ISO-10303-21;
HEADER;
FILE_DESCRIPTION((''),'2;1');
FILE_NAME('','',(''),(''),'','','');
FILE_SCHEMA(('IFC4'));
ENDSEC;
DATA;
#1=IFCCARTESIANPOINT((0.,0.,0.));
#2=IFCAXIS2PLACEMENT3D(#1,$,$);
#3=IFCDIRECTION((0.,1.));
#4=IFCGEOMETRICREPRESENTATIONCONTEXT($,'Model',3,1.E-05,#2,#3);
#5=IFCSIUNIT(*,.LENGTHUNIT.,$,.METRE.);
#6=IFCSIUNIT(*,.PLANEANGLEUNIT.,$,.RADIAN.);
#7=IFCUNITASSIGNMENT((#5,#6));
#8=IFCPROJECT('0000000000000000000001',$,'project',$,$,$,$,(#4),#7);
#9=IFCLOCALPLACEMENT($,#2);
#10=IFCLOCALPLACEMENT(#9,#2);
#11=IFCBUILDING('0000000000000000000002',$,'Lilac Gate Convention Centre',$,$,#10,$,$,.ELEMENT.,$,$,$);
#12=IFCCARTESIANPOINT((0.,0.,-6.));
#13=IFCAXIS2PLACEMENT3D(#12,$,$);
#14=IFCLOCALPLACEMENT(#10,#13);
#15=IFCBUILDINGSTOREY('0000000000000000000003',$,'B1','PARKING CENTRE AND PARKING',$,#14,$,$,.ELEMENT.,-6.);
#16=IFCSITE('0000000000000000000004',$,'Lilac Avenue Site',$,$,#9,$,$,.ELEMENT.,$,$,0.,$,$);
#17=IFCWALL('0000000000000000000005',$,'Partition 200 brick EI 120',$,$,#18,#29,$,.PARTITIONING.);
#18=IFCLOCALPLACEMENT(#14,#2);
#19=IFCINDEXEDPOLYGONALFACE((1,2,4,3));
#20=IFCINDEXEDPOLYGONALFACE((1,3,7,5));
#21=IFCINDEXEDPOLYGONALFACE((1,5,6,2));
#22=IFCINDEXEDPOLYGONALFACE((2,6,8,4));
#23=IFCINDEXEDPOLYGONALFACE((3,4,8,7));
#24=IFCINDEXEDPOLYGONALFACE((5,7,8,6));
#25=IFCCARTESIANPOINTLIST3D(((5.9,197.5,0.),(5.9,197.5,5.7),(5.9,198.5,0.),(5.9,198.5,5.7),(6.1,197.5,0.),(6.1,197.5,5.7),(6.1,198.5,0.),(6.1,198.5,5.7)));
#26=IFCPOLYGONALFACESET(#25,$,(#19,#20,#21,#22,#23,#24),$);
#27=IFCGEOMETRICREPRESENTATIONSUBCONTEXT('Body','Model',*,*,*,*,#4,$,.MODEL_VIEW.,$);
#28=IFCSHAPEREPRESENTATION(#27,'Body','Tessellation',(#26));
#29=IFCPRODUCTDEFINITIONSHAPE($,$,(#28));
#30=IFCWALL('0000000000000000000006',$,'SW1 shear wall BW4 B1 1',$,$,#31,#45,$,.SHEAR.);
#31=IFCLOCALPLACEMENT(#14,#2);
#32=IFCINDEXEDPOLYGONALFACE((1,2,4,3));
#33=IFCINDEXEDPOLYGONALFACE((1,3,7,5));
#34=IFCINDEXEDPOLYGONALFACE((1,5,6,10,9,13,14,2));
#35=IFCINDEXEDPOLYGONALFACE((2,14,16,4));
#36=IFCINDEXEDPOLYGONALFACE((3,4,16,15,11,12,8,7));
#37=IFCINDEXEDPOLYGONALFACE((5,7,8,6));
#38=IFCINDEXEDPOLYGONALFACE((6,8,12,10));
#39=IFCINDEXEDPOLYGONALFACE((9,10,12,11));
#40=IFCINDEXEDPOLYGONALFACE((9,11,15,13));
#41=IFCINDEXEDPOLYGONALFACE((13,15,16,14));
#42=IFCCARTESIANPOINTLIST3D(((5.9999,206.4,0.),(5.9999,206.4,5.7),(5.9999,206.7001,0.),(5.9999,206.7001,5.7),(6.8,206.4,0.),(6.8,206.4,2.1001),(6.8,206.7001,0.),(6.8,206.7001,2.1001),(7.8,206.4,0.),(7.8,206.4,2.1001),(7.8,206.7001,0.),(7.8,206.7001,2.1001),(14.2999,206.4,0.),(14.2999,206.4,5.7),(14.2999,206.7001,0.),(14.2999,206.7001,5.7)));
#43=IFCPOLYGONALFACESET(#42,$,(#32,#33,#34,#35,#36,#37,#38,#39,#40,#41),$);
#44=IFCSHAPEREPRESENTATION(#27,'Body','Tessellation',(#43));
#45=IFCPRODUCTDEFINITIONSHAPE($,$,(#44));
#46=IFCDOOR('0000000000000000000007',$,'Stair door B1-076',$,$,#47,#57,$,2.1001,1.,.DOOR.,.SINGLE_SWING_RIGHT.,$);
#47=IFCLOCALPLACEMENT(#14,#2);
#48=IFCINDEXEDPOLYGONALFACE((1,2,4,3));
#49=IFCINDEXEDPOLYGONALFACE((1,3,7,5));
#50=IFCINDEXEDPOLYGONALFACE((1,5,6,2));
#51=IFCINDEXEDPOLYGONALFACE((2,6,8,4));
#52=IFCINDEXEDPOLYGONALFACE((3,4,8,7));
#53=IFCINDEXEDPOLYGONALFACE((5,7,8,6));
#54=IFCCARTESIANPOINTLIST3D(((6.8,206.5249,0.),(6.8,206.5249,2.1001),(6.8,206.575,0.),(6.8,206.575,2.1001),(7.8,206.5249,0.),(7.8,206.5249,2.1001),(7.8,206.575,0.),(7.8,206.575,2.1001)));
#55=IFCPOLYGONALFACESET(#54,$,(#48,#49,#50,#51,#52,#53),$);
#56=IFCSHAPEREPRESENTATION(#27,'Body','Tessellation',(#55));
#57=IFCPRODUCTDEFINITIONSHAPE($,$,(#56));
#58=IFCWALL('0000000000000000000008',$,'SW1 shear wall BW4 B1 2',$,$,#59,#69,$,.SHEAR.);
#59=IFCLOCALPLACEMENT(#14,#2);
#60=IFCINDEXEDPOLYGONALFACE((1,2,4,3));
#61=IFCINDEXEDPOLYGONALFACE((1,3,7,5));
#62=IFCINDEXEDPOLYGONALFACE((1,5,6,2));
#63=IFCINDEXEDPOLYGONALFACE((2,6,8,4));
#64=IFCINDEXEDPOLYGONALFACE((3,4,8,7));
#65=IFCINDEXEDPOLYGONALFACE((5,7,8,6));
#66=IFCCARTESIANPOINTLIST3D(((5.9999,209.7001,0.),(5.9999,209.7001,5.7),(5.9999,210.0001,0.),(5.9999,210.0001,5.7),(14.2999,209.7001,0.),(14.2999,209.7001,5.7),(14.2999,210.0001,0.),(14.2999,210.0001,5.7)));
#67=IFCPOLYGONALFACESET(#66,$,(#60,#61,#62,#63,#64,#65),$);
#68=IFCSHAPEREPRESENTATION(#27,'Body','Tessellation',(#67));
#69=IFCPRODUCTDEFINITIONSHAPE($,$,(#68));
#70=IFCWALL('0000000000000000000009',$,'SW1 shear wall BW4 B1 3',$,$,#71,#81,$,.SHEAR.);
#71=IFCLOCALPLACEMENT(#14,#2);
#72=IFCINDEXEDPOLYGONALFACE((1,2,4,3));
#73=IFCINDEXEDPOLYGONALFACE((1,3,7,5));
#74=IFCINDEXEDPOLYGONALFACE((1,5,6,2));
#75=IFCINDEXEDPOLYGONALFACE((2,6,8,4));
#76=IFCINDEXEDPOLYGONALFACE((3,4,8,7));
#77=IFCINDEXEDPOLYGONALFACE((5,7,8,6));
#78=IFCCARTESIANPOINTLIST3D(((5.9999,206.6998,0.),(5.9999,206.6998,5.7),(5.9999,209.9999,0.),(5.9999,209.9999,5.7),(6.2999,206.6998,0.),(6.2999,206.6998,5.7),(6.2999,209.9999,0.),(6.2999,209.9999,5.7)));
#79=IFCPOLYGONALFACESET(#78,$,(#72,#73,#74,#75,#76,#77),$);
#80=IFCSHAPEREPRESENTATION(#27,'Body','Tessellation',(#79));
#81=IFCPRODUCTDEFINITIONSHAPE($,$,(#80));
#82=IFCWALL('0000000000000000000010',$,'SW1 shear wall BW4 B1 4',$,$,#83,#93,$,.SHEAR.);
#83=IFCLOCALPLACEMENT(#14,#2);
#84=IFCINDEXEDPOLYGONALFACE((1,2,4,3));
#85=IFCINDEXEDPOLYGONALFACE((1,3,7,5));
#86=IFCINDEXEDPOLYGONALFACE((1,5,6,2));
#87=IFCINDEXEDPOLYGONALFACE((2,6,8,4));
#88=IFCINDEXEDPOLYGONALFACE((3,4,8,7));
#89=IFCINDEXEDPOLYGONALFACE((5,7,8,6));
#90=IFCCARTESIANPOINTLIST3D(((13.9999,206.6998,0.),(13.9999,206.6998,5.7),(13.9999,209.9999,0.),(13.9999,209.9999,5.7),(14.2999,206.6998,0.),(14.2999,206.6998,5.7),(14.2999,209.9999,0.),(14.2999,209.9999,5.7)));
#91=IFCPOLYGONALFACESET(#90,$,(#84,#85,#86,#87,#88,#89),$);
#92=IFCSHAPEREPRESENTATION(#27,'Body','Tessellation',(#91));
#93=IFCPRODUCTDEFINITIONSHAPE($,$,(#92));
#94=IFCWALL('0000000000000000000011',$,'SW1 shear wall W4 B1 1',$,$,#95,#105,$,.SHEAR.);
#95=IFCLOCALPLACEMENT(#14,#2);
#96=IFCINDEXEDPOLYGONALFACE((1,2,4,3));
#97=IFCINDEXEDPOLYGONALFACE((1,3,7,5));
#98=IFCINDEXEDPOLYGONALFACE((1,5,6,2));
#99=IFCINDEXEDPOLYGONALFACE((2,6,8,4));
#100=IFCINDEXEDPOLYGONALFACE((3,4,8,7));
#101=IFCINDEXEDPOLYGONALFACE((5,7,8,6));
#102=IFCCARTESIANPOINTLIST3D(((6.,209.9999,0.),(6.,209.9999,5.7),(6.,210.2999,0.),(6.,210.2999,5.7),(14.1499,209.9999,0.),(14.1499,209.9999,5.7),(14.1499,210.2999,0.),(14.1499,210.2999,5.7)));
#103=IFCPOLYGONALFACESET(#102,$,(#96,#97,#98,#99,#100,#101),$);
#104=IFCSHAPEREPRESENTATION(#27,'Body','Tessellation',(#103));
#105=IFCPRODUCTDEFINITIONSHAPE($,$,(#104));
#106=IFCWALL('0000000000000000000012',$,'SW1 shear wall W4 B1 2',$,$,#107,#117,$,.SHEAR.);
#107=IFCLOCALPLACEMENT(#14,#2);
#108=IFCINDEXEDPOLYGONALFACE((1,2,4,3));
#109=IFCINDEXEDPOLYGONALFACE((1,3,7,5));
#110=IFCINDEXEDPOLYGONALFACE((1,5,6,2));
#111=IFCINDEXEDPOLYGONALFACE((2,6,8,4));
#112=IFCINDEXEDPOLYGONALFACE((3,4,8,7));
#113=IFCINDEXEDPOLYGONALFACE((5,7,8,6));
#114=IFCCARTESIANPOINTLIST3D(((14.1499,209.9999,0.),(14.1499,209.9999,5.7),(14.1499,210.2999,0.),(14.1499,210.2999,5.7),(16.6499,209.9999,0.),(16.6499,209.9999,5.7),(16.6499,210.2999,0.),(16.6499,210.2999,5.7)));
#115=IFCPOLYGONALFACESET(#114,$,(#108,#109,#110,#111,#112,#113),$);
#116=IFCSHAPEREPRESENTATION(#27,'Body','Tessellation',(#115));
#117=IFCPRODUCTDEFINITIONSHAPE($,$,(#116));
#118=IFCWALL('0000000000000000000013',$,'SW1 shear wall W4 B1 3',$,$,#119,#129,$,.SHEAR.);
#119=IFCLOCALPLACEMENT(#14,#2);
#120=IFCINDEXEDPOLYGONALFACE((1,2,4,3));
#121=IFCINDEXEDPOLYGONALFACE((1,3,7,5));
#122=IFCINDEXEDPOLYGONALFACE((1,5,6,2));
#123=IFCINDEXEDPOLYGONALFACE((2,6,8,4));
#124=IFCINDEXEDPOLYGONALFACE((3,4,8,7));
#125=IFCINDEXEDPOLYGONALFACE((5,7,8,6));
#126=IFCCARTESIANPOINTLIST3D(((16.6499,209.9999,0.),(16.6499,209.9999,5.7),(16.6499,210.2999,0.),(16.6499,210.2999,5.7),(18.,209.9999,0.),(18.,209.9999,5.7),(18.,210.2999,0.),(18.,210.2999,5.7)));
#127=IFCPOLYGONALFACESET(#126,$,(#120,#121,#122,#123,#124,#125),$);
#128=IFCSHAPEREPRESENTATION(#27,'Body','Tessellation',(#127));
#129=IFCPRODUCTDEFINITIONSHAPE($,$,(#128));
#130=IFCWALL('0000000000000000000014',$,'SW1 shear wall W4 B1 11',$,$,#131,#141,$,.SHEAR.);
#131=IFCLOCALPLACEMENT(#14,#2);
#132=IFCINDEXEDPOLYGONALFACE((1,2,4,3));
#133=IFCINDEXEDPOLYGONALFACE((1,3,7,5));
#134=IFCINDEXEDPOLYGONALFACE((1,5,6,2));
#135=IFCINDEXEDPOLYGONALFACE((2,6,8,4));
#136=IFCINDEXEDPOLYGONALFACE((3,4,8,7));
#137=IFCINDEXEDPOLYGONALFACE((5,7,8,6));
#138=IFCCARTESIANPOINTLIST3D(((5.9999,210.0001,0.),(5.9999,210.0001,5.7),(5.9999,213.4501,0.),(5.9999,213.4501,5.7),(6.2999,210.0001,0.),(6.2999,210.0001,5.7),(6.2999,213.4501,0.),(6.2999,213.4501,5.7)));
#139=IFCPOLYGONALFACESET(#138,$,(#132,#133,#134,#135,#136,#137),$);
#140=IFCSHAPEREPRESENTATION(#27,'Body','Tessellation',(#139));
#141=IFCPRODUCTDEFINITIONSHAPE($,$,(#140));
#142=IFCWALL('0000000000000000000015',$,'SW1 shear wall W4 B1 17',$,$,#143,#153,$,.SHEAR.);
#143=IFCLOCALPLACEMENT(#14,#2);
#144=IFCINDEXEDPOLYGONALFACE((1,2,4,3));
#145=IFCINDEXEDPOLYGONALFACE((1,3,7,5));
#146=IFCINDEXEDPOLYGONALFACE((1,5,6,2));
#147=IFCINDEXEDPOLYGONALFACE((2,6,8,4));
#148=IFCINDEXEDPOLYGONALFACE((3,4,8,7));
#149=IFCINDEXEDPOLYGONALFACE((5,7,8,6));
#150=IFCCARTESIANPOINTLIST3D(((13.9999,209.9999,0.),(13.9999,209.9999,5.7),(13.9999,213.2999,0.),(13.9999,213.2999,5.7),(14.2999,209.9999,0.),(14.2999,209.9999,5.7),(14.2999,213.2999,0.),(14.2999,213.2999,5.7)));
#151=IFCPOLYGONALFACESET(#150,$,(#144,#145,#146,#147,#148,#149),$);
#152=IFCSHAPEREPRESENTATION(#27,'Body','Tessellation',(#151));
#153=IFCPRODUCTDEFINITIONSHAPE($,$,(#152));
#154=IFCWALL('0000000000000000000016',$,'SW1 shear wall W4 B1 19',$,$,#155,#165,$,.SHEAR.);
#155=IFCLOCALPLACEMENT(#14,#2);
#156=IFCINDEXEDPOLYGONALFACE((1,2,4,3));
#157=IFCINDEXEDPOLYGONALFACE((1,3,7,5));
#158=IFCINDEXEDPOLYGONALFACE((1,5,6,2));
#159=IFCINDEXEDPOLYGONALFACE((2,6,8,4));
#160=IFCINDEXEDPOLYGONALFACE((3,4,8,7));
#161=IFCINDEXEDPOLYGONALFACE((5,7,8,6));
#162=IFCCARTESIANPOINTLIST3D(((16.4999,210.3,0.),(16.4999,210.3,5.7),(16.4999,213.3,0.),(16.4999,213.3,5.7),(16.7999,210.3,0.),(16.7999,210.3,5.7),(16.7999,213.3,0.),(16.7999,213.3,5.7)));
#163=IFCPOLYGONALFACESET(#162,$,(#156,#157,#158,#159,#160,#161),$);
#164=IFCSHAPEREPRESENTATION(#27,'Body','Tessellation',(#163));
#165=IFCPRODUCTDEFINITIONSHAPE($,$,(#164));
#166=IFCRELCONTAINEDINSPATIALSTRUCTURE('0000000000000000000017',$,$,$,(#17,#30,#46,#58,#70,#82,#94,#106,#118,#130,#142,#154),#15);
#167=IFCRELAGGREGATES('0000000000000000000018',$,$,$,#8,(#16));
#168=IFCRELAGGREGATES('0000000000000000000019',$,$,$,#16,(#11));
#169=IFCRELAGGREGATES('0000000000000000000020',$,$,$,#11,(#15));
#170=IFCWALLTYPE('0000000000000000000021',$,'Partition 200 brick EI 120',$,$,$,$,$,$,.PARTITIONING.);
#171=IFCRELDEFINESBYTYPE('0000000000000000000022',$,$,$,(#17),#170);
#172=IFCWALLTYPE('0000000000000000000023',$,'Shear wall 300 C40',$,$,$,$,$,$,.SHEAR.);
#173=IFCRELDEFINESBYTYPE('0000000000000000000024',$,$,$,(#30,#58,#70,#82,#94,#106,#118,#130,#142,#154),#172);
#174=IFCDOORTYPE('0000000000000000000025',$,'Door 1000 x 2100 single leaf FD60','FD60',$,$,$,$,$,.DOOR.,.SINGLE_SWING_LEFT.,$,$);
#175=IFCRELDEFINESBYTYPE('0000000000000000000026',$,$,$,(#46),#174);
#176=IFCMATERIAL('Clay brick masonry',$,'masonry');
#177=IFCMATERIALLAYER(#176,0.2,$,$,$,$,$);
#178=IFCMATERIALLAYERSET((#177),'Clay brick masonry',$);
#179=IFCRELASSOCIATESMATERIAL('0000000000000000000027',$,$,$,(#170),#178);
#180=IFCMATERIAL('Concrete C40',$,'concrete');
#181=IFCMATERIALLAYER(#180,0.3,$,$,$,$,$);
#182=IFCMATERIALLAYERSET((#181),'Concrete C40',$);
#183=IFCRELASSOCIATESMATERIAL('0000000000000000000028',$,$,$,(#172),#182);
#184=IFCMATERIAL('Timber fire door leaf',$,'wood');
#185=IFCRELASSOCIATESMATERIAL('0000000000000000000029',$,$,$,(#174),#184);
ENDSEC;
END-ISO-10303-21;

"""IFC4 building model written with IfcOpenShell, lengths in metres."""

from ifc_helpers import new_model, si_unit, direction, frame, frame_2d, origin, place, context, subcontext, project, spatial, rectangle, extrude, material, layer, layer_set, type_object, element, fill, save


model = new_model("IFC4")

# Units and contexts
model_context = context("Model", 3, precision=1e-05, world=origin(), true_north=direction((0.0, 1.0)))
body_context = subcontext(model_context, "Body", "Model", "MODEL_VIEW")
ifc_project = project(units=[si_unit("LENGTHUNIT", "METRE"), si_unit("PLANEANGLEUNIT", "RADIAN")], contexts=[model_context])

# Site, building, storey
site_placement = place(None, origin())
site = spatial("IfcSite", under=ifc_project, at=site_placement, Name="Lilac Avenue Site", CompositionType="ELEMENT", RefElevation=0.0)
building_placement = place(site_placement, origin())
building = spatial("IfcBuilding", under=site, at=building_placement, Name="Lilac Gate Convention Centre", CompositionType="ELEMENT")
storey_placement = place(building_placement, frame((0.0, 0.0, -6.0)))
storey = spatial("IfcBuildingStorey", under=building, at=storey_placement, Name="B1", Description="PARKING CENTRE AND PARKING", CompositionType="ELEMENT", Elevation=-6.0)

# Shared definitions
ifc_material_1 = material(Name="Concrete C40", Category="concrete")

# Wall
ifc_material_2 = material(Name="Clay brick masonry", Category="masonry")
ifc_layer_1 = layer(ifc_material_2, 0.2)
ifc_layer_set_1 = layer_set([ifc_layer_1], Name="Clay brick masonry")
wall_type_1 = type_object("IfcWallType", Name="Partition 200 brick EI 120", PredefinedType="PARTITIONING", material=ifc_layer_set_1)
wall_1_placement = place(storey_placement, frame((6.0, 197.5, 0.0), z_axis=(0.0, 0.0, 1.0), x_axis=(0.0, 1.0, 0.0)))
element("IfcWall", 1, at=wall_1_placement, inside=storey, type_object=wall_type_1, Name="Partition 200 brick EI 120", PredefinedType="PARTITIONING", context=body_context, shape_type="SweptSolid", body=[
    extrude(rectangle(XDim=1.0, YDim=0.2, at=frame_2d((0.5, 0.0))), origin(), (0.0, 0.0, 1.0), 5.7),
])

# Wall, opening, door
ifc_layer_2 = layer(ifc_material_1, 0.3)
ifc_layer_set_2 = layer_set([ifc_layer_2], Name="Concrete C40")
wall_type_2 = type_object("IfcWallType", Name="Shear wall 300 C40", PredefinedType="SHEAR", material=ifc_layer_set_2)
wall_2_placement = place(storey_placement, frame((6.0, 206.55, 0.0), z_axis=(0.0, 0.0, 1.0), x_axis=(1.0, 0.0, 0.0)))
wall_2 = element("IfcWall", 2, at=wall_2_placement, inside=storey, type_object=wall_type_2, Name="SW1 shear wall BW4 B1 1", PredefinedType="SHEAR", context=body_context, shape_type="SweptSolid", body=[
    extrude(rectangle(XDim=8.3, YDim=0.3, at=frame_2d((4.1499, 0.0))), origin(), (0.0, 0.0, 1.0), 5.7),
])
opening_placement = place(wall_2_placement, frame((0.8, 0.0, 0.0)))
opening = element("IfcOpeningElement", 3, at=opening_placement, cuts=wall_2, PredefinedType="OPENING", context=body_context, shape_type="SweptSolid", body=[
    extrude(rectangle(XDim=1.0, YDim=2.1001, at=frame_2d((0.5, 1.05))), frame((0.0, 0.1599, 0.0), z_axis=(0.0, -1.0, 0.0), x_axis=(1.0, 0.0, 0.0)), (0.0, 0.0, 1.0), 0.3201),
])
ifc_material_3 = material(Name="Timber fire door leaf", Category="wood")
door_type = type_object("IfcDoorType", Name="Door 1000 x 2100 single leaf FD60", Description="FD60", OperationType="SINGLE_SWING_LEFT", PredefinedType="DOOR", material=ifc_material_3)
door_placement = place(opening_placement, origin())
door = element("IfcDoor", 4, at=door_placement, inside=storey, type_object=door_type, Name="Stair door B1-076", OperationType="SINGLE_SWING_RIGHT", OverallHeight=2.1001, OverallWidth=1.0, PredefinedType="DOOR", context=body_context, shape_type="SweptSolid", body=[
    extrude(rectangle(XDim=1.0, YDim=2.1001, at=frame_2d((0.5, 1.05))), frame((0.0, 0.0249, 0.0), z_axis=(0.0, -1.0, 0.0), x_axis=(1.0, 0.0, 0.0)), (0.0, 0.0, 1.0), 0.05),
])
fill(opening, door)

# Walls
wall_3_placement = place(storey_placement, frame((6.0, 209.8501, 0.0), z_axis=(0.0, 0.0, 1.0), x_axis=(1.0, 0.0, 0.0)))
element("IfcWall", 5, at=wall_3_placement, inside=storey, type_object=wall_type_2, Name="SW1 shear wall BW4 B1 2", PredefinedType="SHEAR", context=body_context, shape_type="SweptSolid", body=[
    extrude(rectangle(XDim=8.3, YDim=0.3, at=frame_2d((4.1499, 0.0))), origin(), (0.0, 0.0, 1.0), 5.7),
])
for number, where, z_axis, x_axis, name in (
    (6, (6.1499, 206.7, 0.0), (0.0, 0.0, 1.0), (0.0, 1.0, 0.0), "SW1 shear wall BW4 B1 3"),
    (7, (14.1499, 206.7, 0.0), (0.0, 0.0, 1.0), (0.0, 1.0, 0.0), "SW1 shear wall BW4 B1 4"),
):
    element("IfcWall", number, at=place(storey_placement, frame(where, z_axis=z_axis, x_axis=x_axis)), inside=storey, type_object=wall_type_2, Name=name, PredefinedType="SHEAR", context=body_context, shape_type="SweptSolid", body=[
        extrude(rectangle(XDim=3.3, YDim=0.3, at=frame_2d((1.6499, 0.0))), origin(), (0.0, 0.0, 1.0), 5.7),
    ])
wall_4_placement = place(storey_placement, frame((6.0, 210.1499, 0.0), z_axis=(0.0, 0.0, 1.0), x_axis=(1.0, 0.0, 0.0)))
element("IfcWall", 8, at=wall_4_placement, inside=storey, type_object=wall_type_2, Name="SW1 shear wall W4 B1 1", PredefinedType="SHEAR", context=body_context, shape_type="SweptSolid", body=[
    extrude(rectangle(XDim=8.1499, YDim=0.3, at=frame_2d((4.075, 0.0))), origin(), (0.0, 0.0, 1.0), 5.7),
])
wall_5_placement = place(storey_placement, frame((14.1499, 210.1499, 0.0), z_axis=(0.0, 0.0, 1.0), x_axis=(1.0, 0.0, 0.0)))
element("IfcWall", 9, at=wall_5_placement, inside=storey, type_object=wall_type_2, Name="SW1 shear wall W4 B1 2", PredefinedType="SHEAR", context=body_context, shape_type="SweptSolid", body=[
    extrude(rectangle(XDim=2.5, YDim=0.3, at=frame_2d((1.25, 0.0))), origin(), (0.0, 0.0, 1.0), 5.7),
])
wall_6_placement = place(storey_placement, frame((16.6499, 210.1499, 0.0), z_axis=(0.0, 0.0, 1.0), x_axis=(1.0, 0.0, 0.0)))
element("IfcWall", 10, at=wall_6_placement, inside=storey, type_object=wall_type_2, Name="SW1 shear wall W4 B1 3", PredefinedType="SHEAR", context=body_context, shape_type="SweptSolid", body=[
    extrude(rectangle(XDim=1.3501, YDim=0.3, at=frame_2d((0.675, 0.0))), origin(), (0.0, 0.0, 1.0), 5.7),
])
wall_7_placement = place(storey_placement, frame((6.1499, 210.0, 0.0), z_axis=(0.0, 0.0, 1.0), x_axis=(0.0, 1.0, 0.0)))
element("IfcWall", 11, at=wall_7_placement, inside=storey, type_object=wall_type_2, Name="SW1 shear wall W4 B1 11", PredefinedType="SHEAR", context=body_context, shape_type="SweptSolid", body=[
    extrude(rectangle(XDim=3.45, YDim=0.3, at=frame_2d((1.7251, 0.0))), origin(), (0.0, 0.0, 1.0), 5.7),
])
wall_8_placement = place(storey_placement, frame((14.1499, 210.0, 0.0), z_axis=(0.0, 0.0, 1.0), x_axis=(0.0, 1.0, 0.0)))
element("IfcWall", 12, at=wall_8_placement, inside=storey, type_object=wall_type_2, Name="SW1 shear wall W4 B1 17", PredefinedType="SHEAR", context=body_context, shape_type="SweptSolid", body=[
    extrude(rectangle(XDim=3.3, YDim=0.3, at=frame_2d((1.6499, 0.0))), origin(), (0.0, 0.0, 1.0), 5.7),
])
wall_9_placement = place(storey_placement, frame((16.6499, 210.3, 0.0), z_axis=(0.0, 0.0, 1.0), x_axis=(0.0, 1.0, 0.0)))
element("IfcWall", 13, at=wall_9_placement, inside=storey, type_object=wall_type_2, Name="SW1 shear wall W4 B1 19", PredefinedType="SHEAR", context=body_context, shape_type="SweptSolid", body=[
    extrude(rectangle(XDim=3.0, YDim=0.3, at=frame_2d((1.5, 0.0))), origin(), (0.0, 0.0, 1.0), 5.7),
])

save(model, "model.ifc")
